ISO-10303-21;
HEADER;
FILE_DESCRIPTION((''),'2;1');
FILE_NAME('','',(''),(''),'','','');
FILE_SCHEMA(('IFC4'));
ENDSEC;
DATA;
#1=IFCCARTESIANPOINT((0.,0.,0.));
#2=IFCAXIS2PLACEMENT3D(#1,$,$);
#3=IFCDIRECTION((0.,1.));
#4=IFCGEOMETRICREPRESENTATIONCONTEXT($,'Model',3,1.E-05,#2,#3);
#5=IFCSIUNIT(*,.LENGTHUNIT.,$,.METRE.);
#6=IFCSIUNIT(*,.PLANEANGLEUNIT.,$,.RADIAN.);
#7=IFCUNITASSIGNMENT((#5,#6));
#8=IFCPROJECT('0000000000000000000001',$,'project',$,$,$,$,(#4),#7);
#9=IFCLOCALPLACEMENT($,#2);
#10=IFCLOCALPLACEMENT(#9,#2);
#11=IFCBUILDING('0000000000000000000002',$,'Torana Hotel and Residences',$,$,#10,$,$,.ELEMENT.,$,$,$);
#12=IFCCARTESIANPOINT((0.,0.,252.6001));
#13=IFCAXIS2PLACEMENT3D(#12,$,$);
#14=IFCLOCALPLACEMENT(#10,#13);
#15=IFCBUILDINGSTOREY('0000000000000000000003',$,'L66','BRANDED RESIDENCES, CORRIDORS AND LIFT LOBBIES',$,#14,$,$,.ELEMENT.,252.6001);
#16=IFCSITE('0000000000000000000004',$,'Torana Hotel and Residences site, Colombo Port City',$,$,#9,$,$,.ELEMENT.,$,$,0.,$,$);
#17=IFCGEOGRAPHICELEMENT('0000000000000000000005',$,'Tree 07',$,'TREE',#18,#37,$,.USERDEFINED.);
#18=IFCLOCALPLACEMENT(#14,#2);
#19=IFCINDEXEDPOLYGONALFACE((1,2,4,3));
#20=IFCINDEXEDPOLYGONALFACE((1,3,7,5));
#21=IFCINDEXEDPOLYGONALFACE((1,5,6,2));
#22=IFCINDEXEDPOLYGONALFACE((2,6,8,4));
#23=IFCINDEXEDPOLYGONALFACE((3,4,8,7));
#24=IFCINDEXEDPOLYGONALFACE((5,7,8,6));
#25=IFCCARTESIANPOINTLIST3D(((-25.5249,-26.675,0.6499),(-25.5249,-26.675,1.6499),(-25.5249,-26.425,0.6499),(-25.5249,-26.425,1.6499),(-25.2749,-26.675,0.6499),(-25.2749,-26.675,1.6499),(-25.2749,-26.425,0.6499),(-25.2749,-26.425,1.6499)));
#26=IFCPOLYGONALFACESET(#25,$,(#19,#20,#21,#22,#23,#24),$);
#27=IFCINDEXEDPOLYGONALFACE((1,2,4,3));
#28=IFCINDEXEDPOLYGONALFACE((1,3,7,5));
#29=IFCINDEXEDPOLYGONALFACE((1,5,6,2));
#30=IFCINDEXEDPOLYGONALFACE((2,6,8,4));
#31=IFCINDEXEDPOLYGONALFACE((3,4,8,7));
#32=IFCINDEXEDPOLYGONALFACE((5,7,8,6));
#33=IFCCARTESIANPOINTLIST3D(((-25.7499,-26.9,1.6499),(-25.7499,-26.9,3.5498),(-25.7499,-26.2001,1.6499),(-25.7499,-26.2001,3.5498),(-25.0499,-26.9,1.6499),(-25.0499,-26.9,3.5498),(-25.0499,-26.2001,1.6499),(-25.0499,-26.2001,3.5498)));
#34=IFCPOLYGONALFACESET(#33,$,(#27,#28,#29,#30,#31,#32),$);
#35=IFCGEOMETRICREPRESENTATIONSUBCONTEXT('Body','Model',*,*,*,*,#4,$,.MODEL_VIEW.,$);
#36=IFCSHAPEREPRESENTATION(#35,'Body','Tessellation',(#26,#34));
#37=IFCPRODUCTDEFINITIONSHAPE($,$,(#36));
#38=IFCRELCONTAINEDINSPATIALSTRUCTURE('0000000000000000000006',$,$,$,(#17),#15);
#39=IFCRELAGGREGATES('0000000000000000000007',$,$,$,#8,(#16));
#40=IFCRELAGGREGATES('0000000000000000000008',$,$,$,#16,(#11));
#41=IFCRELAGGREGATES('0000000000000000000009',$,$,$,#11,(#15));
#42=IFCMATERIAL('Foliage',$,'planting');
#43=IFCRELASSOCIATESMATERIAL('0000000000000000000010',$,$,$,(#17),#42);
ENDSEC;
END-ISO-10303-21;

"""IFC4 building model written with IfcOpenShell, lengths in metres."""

from ifc_helpers import new_model, si_unit, direction, frame, origin, origin_2d, place, context, subcontext, project, spatial, rectangle, extrude, material, element, save


model = new_model("IFC4")

# Units and contexts
model_context = context("Model", 3, precision=1e-05, world=origin(), true_north=direction((0.0, 1.0)))
body_context = subcontext(model_context, "Body", "Model", "MODEL_VIEW")
ifc_project = project(units=[si_unit("LENGTHUNIT", "METRE"), si_unit("PLANEANGLEUNIT", "RADIAN")], contexts=[model_context])

# Site, building, storey
site_placement = place(None, origin())
site = spatial("IfcSite", under=ifc_project, at=site_placement, Name="Torana Hotel and Residences site, Colombo Port City", CompositionType="ELEMENT", RefElevation=0.0)
building_placement = place(site_placement, origin())
building = spatial("IfcBuilding", under=site, at=building_placement, Name="Torana Hotel and Residences", CompositionType="ELEMENT")
storey_placement = place(building_placement, frame((0.0, 0.0, 252.6001)))
storey = spatial("IfcBuildingStorey", under=building, at=storey_placement, Name="L66", Description="BRANDED RESIDENCES, CORRIDORS AND LIFT LOBBIES", CompositionType="ELEMENT", Elevation=252.6001)

# Geographic element
ifc_material_1 = material(Name="Foliage", Category="planting")
geographic_element_placement = place(storey_placement, frame((-25.3999, -26.55, 0.6499), z_axis=(0.0, 0.0, 1.0), x_axis=(1.0, 0.0, 0.0)))
element("IfcGeographicElement", 1, at=geographic_element_placement, inside=storey, material=ifc_material_1, Name="Tree 07", ObjectType="TREE", PredefinedType="USERDEFINED", context=body_context, shape_type="SweptSolid", body=[
    extrude(rectangle(XDim=0.25, YDim=0.25, at=origin_2d()), origin(), (0.0, 0.0, 1.0), 1.0),
    extrude(rectangle(XDim=0.7, YDim=0.7, at=origin_2d()), frame((0.0, 0.0, 1.0)), (0.0, 0.0, 1.0), 1.8999),
])

save(model, "model.ifc")
